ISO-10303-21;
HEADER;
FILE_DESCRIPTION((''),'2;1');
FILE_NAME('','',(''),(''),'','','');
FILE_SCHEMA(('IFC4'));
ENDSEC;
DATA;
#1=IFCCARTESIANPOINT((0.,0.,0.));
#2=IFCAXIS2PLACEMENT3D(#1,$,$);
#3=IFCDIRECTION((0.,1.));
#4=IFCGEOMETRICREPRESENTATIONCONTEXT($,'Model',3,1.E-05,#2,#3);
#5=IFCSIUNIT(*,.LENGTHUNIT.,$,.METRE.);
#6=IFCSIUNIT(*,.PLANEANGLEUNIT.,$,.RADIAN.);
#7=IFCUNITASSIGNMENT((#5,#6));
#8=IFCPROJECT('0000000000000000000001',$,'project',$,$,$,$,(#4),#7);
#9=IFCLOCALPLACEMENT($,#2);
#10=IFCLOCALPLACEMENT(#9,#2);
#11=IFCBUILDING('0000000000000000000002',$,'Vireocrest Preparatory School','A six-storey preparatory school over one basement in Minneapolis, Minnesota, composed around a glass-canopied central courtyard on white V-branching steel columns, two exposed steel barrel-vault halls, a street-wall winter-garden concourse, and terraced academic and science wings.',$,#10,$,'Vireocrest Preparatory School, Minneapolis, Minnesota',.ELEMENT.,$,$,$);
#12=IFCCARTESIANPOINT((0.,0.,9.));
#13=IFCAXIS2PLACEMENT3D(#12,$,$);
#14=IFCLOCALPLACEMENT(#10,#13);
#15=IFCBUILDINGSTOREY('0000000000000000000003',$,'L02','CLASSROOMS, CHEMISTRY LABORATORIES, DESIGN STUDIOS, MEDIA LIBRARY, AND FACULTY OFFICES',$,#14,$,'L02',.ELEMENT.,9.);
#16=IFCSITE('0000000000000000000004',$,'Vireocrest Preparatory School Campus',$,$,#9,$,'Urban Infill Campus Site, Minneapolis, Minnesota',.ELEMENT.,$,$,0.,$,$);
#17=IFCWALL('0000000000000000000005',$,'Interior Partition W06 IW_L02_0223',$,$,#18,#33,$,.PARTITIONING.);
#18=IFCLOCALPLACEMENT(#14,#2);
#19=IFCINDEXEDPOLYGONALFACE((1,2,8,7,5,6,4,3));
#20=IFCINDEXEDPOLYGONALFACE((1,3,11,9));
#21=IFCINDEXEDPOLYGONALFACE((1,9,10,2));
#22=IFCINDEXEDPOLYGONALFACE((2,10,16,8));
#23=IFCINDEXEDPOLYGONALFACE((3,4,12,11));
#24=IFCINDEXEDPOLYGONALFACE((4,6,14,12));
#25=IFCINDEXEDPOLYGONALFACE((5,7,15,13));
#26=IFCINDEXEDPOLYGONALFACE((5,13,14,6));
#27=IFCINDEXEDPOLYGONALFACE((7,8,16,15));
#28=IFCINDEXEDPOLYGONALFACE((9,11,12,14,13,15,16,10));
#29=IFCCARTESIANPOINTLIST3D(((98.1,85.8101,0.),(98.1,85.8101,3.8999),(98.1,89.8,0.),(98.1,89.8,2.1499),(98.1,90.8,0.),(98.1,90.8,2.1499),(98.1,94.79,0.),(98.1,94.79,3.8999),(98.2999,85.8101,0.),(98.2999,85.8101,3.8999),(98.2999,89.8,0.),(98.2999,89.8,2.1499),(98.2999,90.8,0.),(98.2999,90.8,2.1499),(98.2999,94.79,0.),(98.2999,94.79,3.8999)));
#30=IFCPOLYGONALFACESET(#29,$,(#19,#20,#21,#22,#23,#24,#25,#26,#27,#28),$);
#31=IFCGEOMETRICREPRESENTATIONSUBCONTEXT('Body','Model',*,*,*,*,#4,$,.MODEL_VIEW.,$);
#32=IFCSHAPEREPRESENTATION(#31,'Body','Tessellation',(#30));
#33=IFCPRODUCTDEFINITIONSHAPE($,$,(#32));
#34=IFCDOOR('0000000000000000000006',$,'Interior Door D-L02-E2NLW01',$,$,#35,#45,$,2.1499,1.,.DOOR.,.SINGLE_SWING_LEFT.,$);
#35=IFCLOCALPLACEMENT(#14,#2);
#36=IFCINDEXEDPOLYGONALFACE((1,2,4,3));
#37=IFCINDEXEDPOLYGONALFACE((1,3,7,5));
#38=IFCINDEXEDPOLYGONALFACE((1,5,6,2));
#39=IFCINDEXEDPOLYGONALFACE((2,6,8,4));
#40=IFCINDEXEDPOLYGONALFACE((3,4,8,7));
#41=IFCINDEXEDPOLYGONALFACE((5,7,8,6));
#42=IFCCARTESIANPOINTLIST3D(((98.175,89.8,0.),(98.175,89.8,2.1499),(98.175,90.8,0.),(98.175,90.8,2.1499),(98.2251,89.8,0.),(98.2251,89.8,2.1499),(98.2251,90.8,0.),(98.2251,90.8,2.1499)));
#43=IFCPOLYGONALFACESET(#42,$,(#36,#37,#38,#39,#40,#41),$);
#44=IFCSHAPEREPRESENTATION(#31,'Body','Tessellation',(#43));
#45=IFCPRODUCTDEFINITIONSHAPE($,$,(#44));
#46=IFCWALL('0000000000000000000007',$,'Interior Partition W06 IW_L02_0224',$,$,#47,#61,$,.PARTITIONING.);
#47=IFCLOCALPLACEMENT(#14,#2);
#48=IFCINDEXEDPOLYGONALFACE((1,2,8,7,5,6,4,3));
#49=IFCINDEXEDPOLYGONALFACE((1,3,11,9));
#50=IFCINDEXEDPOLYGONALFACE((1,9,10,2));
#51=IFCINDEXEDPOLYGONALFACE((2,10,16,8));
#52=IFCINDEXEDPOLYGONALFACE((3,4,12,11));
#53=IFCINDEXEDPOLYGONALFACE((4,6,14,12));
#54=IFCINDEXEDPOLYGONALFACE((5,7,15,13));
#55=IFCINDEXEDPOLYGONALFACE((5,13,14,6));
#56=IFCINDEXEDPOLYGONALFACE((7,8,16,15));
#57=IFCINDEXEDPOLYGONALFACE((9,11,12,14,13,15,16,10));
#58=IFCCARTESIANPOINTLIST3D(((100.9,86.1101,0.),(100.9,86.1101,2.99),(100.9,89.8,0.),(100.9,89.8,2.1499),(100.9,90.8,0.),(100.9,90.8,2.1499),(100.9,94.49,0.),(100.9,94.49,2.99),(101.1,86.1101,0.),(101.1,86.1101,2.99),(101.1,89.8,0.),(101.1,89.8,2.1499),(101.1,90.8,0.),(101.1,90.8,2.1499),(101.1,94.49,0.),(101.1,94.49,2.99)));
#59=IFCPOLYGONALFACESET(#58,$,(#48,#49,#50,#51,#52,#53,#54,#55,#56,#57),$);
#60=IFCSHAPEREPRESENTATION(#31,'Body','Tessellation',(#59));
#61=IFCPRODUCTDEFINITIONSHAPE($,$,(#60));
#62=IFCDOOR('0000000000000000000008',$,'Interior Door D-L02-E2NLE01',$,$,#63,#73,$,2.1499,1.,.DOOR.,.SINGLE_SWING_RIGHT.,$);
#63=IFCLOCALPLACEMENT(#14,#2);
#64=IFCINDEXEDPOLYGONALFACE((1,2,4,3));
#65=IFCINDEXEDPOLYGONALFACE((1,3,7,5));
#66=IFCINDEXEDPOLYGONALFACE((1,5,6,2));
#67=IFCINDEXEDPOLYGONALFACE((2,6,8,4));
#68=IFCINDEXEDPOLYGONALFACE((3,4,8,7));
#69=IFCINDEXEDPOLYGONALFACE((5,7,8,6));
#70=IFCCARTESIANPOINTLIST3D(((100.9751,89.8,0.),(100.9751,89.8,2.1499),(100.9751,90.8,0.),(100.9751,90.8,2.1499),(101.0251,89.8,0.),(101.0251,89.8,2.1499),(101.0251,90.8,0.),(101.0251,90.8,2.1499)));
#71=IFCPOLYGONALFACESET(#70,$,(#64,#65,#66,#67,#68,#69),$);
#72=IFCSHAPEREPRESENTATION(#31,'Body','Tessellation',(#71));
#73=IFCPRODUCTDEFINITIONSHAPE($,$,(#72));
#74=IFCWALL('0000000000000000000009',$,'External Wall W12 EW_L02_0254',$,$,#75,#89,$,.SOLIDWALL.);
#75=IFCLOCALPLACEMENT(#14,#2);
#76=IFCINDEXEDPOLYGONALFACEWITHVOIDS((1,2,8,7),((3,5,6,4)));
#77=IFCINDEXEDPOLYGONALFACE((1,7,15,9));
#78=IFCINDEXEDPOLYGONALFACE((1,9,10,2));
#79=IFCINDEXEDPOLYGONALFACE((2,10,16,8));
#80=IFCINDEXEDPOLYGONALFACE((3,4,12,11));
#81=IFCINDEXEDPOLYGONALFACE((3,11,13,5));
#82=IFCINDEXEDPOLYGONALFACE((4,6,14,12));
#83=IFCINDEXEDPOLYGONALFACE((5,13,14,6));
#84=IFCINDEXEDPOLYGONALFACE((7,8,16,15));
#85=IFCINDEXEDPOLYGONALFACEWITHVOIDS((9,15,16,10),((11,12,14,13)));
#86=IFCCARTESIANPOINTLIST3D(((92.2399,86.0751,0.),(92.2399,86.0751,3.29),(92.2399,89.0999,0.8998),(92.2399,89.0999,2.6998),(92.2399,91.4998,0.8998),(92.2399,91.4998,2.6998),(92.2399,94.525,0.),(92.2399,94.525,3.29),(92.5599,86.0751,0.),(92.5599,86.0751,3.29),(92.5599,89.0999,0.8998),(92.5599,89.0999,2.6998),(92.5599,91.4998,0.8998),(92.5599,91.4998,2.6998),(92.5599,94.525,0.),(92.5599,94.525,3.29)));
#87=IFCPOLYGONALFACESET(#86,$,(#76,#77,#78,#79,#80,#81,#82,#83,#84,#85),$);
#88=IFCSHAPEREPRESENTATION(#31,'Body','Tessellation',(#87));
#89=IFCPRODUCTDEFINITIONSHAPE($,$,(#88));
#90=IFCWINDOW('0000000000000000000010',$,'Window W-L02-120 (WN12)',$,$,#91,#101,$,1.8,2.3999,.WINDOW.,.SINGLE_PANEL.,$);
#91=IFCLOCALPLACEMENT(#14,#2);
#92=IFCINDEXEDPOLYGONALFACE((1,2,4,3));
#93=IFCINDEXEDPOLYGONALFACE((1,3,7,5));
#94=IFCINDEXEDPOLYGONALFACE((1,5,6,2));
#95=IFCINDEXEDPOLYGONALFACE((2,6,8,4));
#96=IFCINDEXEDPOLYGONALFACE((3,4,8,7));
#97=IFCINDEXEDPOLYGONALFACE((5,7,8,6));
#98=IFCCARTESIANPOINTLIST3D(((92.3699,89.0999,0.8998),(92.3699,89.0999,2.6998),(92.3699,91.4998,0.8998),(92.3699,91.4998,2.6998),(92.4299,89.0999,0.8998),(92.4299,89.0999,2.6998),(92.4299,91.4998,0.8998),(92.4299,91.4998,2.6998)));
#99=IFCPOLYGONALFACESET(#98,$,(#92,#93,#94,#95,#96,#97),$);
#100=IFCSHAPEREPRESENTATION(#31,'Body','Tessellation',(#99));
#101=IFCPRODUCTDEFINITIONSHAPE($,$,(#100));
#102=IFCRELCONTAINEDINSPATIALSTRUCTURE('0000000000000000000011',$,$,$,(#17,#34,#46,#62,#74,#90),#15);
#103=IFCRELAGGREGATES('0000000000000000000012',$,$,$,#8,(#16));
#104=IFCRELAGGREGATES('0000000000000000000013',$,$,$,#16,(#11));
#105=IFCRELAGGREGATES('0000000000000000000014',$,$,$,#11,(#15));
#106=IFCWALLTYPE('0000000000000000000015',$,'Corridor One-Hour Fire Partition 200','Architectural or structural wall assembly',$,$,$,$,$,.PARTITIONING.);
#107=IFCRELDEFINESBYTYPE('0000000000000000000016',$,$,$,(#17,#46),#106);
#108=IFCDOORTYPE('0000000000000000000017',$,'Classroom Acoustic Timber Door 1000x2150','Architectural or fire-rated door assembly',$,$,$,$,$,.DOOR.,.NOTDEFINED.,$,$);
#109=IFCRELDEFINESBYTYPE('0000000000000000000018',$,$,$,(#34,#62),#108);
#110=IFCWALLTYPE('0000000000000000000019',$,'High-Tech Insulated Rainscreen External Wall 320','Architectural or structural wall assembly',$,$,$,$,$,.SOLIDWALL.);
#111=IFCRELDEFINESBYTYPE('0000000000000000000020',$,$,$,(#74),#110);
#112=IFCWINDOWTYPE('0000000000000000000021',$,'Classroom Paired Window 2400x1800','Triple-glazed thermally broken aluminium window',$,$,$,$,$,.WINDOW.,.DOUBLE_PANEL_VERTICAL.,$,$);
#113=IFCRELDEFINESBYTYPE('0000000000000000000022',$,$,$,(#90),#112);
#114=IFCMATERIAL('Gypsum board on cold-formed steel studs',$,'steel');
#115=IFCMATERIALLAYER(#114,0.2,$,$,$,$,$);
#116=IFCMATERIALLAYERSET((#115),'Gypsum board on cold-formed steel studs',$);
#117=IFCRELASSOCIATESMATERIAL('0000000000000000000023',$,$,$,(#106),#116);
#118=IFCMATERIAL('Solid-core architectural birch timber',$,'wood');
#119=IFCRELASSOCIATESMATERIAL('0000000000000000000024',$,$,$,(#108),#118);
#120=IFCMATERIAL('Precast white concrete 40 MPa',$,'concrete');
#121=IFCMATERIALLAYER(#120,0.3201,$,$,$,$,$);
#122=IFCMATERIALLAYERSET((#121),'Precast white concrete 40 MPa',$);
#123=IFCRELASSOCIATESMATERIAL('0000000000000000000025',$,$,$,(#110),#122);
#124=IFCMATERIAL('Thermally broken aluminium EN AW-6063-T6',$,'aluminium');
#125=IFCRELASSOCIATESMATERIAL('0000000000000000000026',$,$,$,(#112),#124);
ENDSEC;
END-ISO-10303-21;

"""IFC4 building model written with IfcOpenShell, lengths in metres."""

from ifc_helpers import new_model, si_unit, direction, frame, frame_2d, origin, place, context, subcontext, project, spatial, rectangle, extrude, material, layer, layer_set, type_object, element, fill, save


model = new_model("IFC4")

# Units and contexts
model_context = context("Model", 3, precision=1e-05, world=origin(), true_north=direction((0.0, 1.0)))
body_context = subcontext(model_context, "Body", "Model", "MODEL_VIEW")
ifc_project = project(units=[si_unit("LENGTHUNIT", "METRE"), si_unit("PLANEANGLEUNIT", "RADIAN")], contexts=[model_context])

# Site, building, storey
site_placement = place(None, origin())
site = spatial("IfcSite", under=ifc_project, at=site_placement, Name="Vireocrest Preparatory School Campus", LongName="Urban Infill Campus Site, Minneapolis, Minnesota", CompositionType="ELEMENT", RefElevation=0.0)
building_placement = place(site_placement, origin())
building = spatial("IfcBuilding", under=site, at=building_placement, Name="Vireocrest Preparatory School", Description="A six-storey preparatory school over one basement in Minneapolis, Minnesota, composed around a glass-canopied central courtyard on white V-branching steel columns, two exposed steel barrel-vault halls, a street-wall winter-garden concourse, and terraced academic and science wings.", LongName="Vireocrest Preparatory School, Minneapolis, Minnesota", CompositionType="ELEMENT")
storey_placement = place(building_placement, frame((0.0, 0.0, 9.0)))
storey = spatial("IfcBuildingStorey", under=building, at=storey_placement, Name="L02", Description="CLASSROOMS, CHEMISTRY LABORATORIES, DESIGN STUDIOS, MEDIA LIBRARY, AND FACULTY OFFICES", LongName="L02", CompositionType="ELEMENT", Elevation=9.0)

# Shared definitions
ifc_material_1 = material(Name="Gypsum board on cold-formed steel studs", Category="steel")
ifc_layer_1 = layer(ifc_material_1, 0.2)
ifc_layer_set_1 = layer_set([ifc_layer_1], Name="Gypsum board on cold-formed steel studs")
wall_type_1 = type_object("IfcWallType", Name="Corridor One-Hour Fire Partition 200", Description="Architectural or structural wall assembly", PredefinedType="PARTITIONING", material=ifc_layer_set_1)

# Walls, openings, doors
wall_1_placement = place(storey_placement, frame((98.2, 85.8101, 0.0), z_axis=(0.0, 0.0, 1.0), x_axis=(0.0, 1.0, 0.0)))
wall_1 = element("IfcWall", 1, at=wall_1_placement, inside=storey, type_object=wall_type_1, Name="Interior Partition W06 IW_L02_0223", PredefinedType="PARTITIONING", context=body_context, shape_type="SweptSolid", body=[
    extrude(rectangle(XDim=8.98, YDim=0.2, at=frame_2d((4.49, 0.0))), origin(), (0.0, 0.0, 1.0), 3.8999),
])
opening_1_placement = place(wall_1_placement, frame((3.99, 0.0, 0.0)))
opening_1 = element("IfcOpeningElement", 2, at=opening_1_placement, cuts=wall_1, PredefinedType="OPENING", context=body_context, shape_type="SweptSolid", body=[
    extrude(rectangle(XDim=1.0, YDim=2.1499, at=frame_2d((0.5, 1.075))), frame((0.0, 0.1099, 0.0), z_axis=(0.0, -1.0, 0.0), x_axis=(1.0, 0.0, 0.0)), (0.0, 0.0, 1.0), 0.22),
])
ifc_material_2 = material(Name="Solid-core architectural birch timber", Category="wood")
door_type = type_object("IfcDoorType", Name="Classroom Acoustic Timber Door 1000x2150", Description="Architectural or fire-rated door assembly", OperationType="NOTDEFINED", PredefinedType="DOOR", material=ifc_material_2)
door_1_placement = place(opening_1_placement, origin())
door_1 = element("IfcDoor", 3, at=door_1_placement, inside=storey, type_object=door_type, Name="Interior Door D-L02-E2NLW01", OperationType="SINGLE_SWING_LEFT", OverallHeight=2.1499, OverallWidth=1.0, PredefinedType="DOOR", context=body_context, shape_type="SweptSolid", body=[
    extrude(rectangle(XDim=1.0, YDim=2.1499, at=frame_2d((0.5, 1.075))), frame((0.0, 0.0249, 0.0), z_axis=(0.0, -1.0, 0.0), x_axis=(1.0, 0.0, 0.0)), (0.0, 0.0, 1.0), 0.05),
])
fill(opening_1, door_1)
wall_2_placement = place(storey_placement, frame((101.0, 86.1101, 0.0), z_axis=(0.0, 0.0, 1.0), x_axis=(0.0, 1.0, 0.0)))
wall_2 = element("IfcWall", 4, at=wall_2_placement, inside=storey, type_object=wall_type_1, Name="Interior Partition W06 IW_L02_0224", PredefinedType="PARTITIONING", context=body_context, shape_type="SweptSolid", body=[
    extrude(rectangle(XDim=8.3799, YDim=0.2, at=frame_2d((4.1899, 0.0))), origin(), (0.0, 0.0, 1.0), 2.99),
])
opening_2_placement = place(wall_2_placement, frame((3.6899, 0.0, 0.0)))
opening_2 = element("IfcOpeningElement", 5, at=opening_2_placement, cuts=wall_2, PredefinedType="OPENING", context=body_context, shape_type="SweptSolid", body=[
    extrude(rectangle(XDim=1.0, YDim=2.1499, at=frame_2d((0.5, 1.075))), frame((0.0, 0.1099, 0.0), z_axis=(0.0, -1.0, 0.0), x_axis=(1.0, 0.0, 0.0)), (0.0, 0.0, 1.0), 0.22),
])
door_2_placement = place(opening_2_placement, origin())
door_2 = element("IfcDoor", 6, at=door_2_placement, inside=storey, type_object=door_type, Name="Interior Door D-L02-E2NLE01", OperationType="SINGLE_SWING_RIGHT", OverallHeight=2.1499, OverallWidth=1.0, PredefinedType="DOOR", context=body_context, shape_type="SweptSolid", body=[
    extrude(rectangle(XDim=1.0, YDim=2.1499, at=frame_2d((0.5, 1.075))), frame((0.0, 0.0249, 0.0), z_axis=(0.0, -1.0, 0.0), x_axis=(1.0, 0.0, 0.0)), (0.0, 0.0, 1.0), 0.05),
])
fill(opening_2, door_2)

# Wall, opening, window
ifc_material_3 = material(Name="Precast white concrete 40 MPa", Category="concrete")
ifc_layer_2 = layer(ifc_material_3, 0.3201)
ifc_layer_set_2 = layer_set([ifc_layer_2], Name="Precast white concrete 40 MPa")
wall_type_2 = type_object("IfcWallType", Name="High-Tech Insulated Rainscreen External Wall 320", Description="Architectural or structural wall assembly", PredefinedType="SOLIDWALL", material=ifc_layer_set_2)
wall_3_placement = place(storey_placement, frame((92.3999, 86.075, 0.0), z_axis=(0.0, 0.0, 1.0), x_axis=(0.0, 1.0, 0.0)))
wall_3 = element("IfcWall", 7, at=wall_3_placement, inside=storey, type_object=wall_type_2, Name="External Wall W12 EW_L02_0254", PredefinedType="SOLIDWALL", context=body_context, shape_type="SweptSolid", body=[
    extrude(rectangle(XDim=8.45, YDim=0.3201, at=frame_2d((4.2251, 0.0))), origin(), (0.0, 0.0, 1.0), 3.29),
])
opening_3_placement = place(wall_3_placement, frame((3.0249, 0.0, 0.8999)))
opening_3 = element("IfcOpeningElement", 8, at=opening_3_placement, cuts=wall_3, PredefinedType="OPENING", context=body_context, shape_type="SweptSolid", body=[
    extrude(rectangle(XDim=2.3999, YDim=1.8, at=frame_2d((1.2, 0.8999))), frame((0.0, 0.1699, 0.0), z_axis=(0.0, -1.0, 0.0), x_axis=(1.0, 0.0, 0.0)), (0.0, 0.0, 1.0), 0.3401),
])
ifc_material_4 = material(Name="Thermally broken aluminium EN AW-6063-T6", Category="aluminium")
window_type = type_object("IfcWindowType", Name="Classroom Paired Window 2400x1800", Description="Triple-glazed thermally broken aluminium window", PartitioningType="DOUBLE_PANEL_VERTICAL", PredefinedType="WINDOW", material=ifc_material_4)
window_placement = place(opening_3_placement, origin())
window = element("IfcWindow", 9, at=window_placement, inside=storey, type_object=window_type, Name="Window W-L02-120 (WN12)", OverallHeight=1.8, OverallWidth=2.3999, PartitioningType="SINGLE_PANEL", PredefinedType="WINDOW", context=body_context, shape_type="SweptSolid", body=[
    extrude(rectangle(XDim=2.3999, YDim=1.8, at=frame_2d((1.2, 0.8999))), frame((0.0, 0.03, 0.0), z_axis=(0.0, -1.0, 0.0), x_axis=(1.0, 0.0, 0.0)), (0.0, 0.0, 1.0), 0.0601),
])
fill(opening_3, window)

save(model, "model.ifc")
